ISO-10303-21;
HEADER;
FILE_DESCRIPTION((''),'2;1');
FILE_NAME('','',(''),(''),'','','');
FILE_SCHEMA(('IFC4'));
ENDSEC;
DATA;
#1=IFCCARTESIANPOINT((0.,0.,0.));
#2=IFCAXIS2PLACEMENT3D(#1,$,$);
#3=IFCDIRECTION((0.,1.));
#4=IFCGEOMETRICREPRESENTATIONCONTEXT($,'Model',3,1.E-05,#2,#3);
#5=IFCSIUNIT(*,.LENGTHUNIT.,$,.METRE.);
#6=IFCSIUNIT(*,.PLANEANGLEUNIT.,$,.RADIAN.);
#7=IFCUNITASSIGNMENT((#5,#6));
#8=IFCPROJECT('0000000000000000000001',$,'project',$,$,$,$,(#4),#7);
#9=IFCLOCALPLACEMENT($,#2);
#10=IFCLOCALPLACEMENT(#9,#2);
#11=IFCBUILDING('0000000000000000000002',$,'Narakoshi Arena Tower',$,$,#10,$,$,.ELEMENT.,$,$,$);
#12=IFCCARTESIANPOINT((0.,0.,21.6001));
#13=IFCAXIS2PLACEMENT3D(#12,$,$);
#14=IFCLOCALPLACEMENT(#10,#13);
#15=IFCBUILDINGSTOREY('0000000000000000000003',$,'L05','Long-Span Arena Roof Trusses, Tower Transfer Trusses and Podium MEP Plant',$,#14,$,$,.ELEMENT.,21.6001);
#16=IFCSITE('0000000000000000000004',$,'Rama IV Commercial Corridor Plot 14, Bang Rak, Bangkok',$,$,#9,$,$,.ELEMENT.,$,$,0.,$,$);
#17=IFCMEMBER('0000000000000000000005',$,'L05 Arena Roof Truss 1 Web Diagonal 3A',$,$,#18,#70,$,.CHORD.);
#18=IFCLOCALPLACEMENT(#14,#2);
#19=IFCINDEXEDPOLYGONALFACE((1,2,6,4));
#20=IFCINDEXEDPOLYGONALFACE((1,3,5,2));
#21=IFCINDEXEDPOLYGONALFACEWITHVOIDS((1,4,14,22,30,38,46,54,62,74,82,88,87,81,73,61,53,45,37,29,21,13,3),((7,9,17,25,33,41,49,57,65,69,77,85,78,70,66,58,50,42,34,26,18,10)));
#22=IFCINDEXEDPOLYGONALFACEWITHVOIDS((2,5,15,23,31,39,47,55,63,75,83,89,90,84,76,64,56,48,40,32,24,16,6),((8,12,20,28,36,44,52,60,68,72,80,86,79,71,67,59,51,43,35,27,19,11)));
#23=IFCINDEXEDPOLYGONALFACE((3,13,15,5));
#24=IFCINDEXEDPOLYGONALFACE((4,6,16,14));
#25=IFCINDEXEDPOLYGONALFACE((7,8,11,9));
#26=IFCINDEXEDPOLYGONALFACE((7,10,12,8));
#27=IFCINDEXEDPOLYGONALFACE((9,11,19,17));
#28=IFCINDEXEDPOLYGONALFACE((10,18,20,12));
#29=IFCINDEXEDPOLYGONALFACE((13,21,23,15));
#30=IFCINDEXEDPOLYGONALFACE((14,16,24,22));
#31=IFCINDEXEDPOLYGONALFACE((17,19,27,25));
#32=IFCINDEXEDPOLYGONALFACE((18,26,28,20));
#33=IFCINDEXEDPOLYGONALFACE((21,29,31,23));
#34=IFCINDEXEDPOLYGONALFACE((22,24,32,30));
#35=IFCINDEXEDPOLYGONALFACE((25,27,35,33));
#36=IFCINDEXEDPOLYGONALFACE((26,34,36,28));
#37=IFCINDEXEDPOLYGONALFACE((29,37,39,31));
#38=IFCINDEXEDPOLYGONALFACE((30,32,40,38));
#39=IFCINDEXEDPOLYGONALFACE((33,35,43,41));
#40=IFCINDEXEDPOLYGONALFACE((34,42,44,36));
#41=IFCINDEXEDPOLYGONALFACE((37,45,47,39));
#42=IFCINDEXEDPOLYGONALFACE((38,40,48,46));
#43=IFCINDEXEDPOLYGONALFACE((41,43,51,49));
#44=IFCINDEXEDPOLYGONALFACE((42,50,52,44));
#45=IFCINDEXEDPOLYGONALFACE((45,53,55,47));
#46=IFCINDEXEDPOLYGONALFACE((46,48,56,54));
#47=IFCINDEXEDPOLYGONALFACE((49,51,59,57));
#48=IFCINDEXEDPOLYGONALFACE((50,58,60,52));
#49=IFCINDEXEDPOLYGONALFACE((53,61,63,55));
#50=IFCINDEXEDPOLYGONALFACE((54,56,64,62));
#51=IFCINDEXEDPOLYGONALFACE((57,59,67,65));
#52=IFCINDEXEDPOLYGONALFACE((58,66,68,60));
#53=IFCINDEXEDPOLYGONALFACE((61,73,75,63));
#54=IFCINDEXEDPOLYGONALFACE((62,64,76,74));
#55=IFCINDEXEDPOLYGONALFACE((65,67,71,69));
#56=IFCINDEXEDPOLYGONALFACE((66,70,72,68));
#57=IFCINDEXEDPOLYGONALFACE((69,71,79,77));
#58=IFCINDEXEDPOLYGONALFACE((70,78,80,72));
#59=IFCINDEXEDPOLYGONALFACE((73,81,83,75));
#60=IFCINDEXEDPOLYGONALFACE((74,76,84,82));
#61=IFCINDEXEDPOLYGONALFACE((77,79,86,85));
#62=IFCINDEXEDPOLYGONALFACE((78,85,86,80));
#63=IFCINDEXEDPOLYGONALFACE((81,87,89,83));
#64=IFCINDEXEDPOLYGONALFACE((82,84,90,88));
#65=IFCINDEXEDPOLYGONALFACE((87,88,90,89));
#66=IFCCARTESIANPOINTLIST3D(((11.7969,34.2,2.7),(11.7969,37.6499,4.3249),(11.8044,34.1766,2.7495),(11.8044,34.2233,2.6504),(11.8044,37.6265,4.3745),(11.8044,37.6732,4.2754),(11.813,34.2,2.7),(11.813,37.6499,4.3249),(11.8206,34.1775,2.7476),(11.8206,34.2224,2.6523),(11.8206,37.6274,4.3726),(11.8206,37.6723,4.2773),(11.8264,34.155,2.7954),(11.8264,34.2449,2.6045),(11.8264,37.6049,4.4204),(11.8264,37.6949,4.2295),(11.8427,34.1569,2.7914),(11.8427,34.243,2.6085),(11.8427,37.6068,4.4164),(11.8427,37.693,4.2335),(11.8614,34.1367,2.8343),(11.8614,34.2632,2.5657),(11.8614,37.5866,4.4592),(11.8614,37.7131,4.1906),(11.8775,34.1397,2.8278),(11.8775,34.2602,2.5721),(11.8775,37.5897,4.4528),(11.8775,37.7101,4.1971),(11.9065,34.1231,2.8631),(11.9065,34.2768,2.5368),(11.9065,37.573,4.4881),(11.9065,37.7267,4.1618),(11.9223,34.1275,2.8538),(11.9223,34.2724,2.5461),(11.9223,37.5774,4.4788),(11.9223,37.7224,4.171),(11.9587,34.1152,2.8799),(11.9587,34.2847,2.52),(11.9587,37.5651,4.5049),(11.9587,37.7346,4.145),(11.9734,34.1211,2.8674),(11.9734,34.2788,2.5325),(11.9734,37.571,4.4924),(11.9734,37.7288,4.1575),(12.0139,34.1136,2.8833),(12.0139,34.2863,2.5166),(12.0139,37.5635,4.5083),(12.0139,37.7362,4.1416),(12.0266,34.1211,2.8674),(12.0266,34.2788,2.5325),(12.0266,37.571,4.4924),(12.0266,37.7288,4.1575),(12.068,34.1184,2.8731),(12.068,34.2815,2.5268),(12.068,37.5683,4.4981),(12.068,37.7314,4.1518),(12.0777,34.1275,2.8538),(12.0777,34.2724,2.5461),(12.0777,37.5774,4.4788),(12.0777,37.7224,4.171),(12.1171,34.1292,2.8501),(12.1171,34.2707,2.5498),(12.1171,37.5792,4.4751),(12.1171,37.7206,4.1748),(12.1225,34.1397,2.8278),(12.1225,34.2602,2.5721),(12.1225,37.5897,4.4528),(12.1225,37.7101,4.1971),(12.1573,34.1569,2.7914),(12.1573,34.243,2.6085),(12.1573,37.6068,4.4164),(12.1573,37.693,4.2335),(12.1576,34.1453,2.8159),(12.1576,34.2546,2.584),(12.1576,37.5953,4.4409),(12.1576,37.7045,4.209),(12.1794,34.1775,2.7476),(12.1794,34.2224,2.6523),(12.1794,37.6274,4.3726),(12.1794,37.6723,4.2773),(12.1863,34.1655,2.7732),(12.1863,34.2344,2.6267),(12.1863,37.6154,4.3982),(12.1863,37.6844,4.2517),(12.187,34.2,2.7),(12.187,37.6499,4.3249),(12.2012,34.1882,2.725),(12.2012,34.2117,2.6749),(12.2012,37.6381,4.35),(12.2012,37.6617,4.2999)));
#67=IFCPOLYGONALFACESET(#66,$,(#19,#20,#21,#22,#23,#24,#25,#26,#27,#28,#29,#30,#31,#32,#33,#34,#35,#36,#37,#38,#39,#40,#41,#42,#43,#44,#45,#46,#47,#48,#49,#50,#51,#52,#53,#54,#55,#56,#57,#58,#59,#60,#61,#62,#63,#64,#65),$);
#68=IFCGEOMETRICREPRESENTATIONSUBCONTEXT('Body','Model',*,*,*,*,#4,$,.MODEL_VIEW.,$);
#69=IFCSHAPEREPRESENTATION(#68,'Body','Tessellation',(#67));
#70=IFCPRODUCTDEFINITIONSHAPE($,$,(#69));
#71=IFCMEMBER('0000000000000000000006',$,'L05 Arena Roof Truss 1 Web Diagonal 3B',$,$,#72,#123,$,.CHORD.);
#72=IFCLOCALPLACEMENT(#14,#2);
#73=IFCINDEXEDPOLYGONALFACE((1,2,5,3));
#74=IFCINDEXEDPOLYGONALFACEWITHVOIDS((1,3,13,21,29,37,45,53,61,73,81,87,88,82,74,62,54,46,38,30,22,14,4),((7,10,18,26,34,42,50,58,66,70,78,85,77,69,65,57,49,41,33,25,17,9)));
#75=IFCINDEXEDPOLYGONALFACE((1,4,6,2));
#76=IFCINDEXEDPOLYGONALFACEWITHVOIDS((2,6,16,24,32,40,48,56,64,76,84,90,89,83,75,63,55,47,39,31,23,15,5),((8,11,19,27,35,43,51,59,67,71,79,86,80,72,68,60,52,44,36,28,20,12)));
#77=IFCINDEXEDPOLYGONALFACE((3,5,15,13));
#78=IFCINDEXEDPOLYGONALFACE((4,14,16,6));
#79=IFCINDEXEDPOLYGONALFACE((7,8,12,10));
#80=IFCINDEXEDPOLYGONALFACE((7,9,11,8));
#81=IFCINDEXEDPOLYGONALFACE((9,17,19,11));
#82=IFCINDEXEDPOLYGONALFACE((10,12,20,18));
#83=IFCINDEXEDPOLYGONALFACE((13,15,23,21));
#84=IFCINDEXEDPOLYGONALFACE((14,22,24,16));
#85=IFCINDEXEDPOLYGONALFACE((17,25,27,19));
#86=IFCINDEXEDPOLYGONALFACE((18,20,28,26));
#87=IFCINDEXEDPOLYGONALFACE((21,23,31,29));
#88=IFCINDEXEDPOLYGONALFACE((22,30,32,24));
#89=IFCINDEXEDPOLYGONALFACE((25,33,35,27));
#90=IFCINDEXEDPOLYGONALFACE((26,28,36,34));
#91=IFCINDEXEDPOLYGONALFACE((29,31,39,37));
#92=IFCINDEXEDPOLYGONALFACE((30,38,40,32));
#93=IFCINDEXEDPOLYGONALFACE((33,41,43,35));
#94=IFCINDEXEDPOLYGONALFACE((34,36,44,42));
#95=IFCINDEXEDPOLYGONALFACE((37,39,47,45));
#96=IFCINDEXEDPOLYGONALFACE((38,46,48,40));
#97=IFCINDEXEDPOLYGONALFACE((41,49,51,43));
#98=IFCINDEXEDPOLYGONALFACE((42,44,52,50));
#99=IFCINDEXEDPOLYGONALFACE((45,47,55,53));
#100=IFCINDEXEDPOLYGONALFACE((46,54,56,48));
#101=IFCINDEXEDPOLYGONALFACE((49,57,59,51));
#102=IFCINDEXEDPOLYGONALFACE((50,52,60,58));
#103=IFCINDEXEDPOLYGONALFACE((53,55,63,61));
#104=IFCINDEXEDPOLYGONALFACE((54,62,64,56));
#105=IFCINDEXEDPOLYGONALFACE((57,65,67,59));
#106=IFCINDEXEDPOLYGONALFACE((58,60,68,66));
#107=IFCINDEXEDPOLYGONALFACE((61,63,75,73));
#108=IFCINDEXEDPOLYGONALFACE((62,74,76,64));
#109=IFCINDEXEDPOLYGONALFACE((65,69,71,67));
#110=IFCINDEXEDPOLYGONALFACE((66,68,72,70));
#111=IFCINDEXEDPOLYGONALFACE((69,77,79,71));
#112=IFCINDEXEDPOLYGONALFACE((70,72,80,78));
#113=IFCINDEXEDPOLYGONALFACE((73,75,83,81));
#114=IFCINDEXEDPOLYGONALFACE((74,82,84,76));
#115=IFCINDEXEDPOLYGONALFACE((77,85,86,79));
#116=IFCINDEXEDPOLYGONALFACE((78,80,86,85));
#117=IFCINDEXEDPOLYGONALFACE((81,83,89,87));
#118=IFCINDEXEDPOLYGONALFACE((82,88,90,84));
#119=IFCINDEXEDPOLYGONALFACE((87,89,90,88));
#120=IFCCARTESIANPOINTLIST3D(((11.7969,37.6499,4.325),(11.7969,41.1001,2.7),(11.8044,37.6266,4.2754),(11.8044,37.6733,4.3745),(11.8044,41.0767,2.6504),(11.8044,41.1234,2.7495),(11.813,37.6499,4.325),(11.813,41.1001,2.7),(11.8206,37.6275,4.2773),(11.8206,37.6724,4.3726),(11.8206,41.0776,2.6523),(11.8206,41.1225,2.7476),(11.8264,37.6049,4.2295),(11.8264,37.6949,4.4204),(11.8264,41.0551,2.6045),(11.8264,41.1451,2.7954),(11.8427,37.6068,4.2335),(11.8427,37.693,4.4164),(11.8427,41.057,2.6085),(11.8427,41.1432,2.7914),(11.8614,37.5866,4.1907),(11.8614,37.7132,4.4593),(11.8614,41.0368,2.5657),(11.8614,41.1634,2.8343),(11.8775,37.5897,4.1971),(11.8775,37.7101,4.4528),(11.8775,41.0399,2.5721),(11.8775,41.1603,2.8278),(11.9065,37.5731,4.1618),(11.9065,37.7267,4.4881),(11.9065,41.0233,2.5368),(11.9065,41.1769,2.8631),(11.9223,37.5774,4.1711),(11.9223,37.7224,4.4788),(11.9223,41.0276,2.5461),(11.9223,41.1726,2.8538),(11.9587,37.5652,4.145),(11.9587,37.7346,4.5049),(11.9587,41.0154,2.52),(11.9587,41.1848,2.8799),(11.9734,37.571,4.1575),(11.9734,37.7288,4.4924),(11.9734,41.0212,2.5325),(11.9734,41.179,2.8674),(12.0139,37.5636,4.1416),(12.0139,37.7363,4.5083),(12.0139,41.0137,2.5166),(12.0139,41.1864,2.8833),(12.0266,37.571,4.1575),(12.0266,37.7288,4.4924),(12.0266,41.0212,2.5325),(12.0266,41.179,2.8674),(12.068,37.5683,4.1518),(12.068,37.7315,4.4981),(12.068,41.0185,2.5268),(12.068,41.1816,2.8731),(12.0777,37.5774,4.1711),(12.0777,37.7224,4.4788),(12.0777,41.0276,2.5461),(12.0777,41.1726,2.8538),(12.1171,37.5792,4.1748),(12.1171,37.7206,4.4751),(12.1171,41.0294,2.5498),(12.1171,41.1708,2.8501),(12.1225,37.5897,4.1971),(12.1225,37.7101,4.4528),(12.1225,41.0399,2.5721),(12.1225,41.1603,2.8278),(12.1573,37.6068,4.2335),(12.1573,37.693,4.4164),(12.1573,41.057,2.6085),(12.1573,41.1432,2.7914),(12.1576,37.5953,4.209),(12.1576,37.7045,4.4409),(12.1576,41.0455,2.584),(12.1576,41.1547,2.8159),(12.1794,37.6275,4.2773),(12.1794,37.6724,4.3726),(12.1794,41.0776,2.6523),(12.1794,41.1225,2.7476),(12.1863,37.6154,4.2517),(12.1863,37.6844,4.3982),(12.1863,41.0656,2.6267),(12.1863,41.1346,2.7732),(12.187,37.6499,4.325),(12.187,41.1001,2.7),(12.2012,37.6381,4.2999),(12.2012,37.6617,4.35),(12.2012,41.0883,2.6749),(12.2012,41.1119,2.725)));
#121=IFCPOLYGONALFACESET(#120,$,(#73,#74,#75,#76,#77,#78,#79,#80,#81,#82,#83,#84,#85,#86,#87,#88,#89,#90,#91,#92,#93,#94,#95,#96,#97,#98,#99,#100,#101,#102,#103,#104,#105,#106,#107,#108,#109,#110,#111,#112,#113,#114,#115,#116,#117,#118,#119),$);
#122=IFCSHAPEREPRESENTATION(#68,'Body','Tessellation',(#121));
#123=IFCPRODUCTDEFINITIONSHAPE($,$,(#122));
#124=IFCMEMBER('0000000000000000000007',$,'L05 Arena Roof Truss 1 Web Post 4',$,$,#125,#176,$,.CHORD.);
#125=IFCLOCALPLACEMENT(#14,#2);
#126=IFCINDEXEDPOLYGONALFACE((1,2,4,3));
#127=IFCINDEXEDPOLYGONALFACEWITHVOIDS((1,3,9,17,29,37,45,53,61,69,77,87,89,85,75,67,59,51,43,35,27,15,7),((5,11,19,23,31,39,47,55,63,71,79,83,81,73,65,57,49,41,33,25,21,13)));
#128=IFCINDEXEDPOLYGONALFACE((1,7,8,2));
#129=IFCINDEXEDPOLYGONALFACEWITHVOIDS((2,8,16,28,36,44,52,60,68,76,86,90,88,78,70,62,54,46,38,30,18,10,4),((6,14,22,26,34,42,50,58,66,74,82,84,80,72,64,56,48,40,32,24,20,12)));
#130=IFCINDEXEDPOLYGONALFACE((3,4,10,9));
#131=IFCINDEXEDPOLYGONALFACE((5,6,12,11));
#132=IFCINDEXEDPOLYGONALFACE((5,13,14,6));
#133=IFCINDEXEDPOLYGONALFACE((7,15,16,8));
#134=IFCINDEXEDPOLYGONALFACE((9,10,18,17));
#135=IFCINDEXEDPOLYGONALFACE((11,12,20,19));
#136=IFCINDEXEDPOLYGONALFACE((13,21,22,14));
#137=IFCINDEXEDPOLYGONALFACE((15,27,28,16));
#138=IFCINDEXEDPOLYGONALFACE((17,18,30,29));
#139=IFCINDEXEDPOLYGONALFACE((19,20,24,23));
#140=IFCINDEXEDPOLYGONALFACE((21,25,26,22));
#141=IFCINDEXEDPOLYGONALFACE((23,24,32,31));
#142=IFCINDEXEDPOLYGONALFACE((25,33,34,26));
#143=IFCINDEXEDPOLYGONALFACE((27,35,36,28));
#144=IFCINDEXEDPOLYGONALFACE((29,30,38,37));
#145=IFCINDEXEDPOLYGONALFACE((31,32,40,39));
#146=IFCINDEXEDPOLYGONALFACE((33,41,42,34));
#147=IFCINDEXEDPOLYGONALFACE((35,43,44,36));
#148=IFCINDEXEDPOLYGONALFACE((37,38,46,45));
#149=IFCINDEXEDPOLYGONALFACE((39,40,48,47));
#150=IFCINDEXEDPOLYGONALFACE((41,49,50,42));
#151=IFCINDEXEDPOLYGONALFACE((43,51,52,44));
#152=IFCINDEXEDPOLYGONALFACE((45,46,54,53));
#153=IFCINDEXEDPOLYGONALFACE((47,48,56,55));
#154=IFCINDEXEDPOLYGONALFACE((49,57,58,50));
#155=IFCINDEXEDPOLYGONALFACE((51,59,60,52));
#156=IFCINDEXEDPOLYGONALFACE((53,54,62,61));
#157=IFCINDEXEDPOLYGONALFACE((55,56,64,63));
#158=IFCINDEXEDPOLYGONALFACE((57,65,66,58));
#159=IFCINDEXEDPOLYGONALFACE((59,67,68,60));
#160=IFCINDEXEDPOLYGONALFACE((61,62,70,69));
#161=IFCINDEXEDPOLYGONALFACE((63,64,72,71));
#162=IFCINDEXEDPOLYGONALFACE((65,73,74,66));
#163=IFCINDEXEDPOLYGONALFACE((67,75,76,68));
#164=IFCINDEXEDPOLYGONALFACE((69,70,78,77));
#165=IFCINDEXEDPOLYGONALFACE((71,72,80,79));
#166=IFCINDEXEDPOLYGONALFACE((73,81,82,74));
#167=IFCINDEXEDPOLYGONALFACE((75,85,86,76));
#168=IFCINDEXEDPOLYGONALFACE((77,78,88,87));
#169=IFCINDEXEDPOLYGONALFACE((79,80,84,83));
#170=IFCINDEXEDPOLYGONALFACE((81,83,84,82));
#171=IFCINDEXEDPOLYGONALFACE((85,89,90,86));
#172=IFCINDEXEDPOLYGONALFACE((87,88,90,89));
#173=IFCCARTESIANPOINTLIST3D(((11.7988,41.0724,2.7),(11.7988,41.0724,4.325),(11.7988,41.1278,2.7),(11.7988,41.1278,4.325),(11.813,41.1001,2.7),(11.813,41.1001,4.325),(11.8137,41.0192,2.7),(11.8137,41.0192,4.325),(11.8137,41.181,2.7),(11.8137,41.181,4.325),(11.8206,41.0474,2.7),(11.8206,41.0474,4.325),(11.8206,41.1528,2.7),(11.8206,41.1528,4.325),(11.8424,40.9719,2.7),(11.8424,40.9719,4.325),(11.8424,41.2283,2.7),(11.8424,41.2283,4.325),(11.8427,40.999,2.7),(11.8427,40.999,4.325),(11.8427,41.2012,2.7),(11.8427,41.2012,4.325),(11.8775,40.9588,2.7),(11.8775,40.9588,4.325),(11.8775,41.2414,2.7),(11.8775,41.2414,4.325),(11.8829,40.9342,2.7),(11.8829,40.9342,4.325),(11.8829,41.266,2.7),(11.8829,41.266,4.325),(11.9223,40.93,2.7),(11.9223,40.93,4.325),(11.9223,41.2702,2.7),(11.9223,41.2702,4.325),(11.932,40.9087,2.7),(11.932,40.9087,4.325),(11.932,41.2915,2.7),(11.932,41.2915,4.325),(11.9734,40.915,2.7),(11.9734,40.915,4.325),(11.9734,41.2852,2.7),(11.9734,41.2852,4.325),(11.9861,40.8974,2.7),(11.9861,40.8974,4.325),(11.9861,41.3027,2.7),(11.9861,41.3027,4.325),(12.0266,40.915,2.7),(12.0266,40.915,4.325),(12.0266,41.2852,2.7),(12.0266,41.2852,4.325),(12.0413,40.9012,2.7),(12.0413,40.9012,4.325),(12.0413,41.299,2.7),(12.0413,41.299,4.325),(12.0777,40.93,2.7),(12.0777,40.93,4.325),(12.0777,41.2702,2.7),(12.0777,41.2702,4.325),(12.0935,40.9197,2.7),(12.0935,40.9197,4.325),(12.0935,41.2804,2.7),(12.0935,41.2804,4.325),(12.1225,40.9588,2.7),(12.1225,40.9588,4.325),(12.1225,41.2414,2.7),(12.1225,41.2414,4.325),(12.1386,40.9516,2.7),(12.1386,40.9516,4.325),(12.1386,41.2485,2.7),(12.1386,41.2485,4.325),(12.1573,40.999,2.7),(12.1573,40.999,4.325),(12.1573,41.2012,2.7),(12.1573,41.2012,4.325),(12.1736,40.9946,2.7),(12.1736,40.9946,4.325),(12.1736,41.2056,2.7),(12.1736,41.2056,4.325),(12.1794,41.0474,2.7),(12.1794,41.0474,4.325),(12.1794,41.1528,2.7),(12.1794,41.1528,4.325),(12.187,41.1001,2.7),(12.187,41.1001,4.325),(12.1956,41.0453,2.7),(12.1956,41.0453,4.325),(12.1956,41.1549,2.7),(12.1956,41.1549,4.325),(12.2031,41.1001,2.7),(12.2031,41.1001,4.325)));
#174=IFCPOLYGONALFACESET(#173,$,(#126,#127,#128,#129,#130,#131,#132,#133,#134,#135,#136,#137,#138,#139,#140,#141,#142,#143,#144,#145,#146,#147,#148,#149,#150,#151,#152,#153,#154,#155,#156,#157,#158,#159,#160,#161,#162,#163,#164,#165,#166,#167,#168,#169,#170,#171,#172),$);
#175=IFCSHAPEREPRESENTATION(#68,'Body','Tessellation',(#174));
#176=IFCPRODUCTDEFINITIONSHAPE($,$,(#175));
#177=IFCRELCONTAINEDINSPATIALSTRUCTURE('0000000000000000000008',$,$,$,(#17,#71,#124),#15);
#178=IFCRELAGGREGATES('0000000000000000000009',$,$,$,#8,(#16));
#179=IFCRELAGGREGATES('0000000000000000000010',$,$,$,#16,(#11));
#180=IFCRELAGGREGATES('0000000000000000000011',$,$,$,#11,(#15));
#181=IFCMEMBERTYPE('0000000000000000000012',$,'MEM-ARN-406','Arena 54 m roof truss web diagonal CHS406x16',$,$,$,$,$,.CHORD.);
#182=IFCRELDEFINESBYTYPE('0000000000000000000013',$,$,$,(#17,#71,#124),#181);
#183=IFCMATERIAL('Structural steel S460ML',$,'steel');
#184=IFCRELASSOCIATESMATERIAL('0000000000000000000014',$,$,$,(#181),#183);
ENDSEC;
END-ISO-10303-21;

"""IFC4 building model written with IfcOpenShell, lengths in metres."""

from ifc_helpers import new_model, si_unit, direction, frame, origin, origin_2d, place, context, subcontext, project, spatial, hollow_circle, extrude, material, material_profile, profile_set, type_object, element, save


model = new_model("IFC4")

# Units and contexts
model_context = context("Model", 3, precision=1e-05, world=origin(), true_north=direction((0.0, 1.0)))
body_context = subcontext(model_context, "Body", "Model", "MODEL_VIEW")
ifc_project = project(units=[si_unit("LENGTHUNIT", "METRE"), si_unit("PLANEANGLEUNIT", "RADIAN")], contexts=[model_context])

# Site, building, storey
site_placement = place(None, origin())
site = spatial("IfcSite", under=ifc_project, at=site_placement, Name="Rama IV Commercial Corridor Plot 14, Bang Rak, Bangkok", CompositionType="ELEMENT", RefElevation=0.0)
building_placement = place(site_placement, origin())
building = spatial("IfcBuilding", under=site, at=building_placement, Name="Narakoshi Arena Tower", CompositionType="ELEMENT")
storey_placement = place(building_placement, frame((0.0, 0.0, 21.6001)))
storey = spatial("IfcBuildingStorey", under=building, at=storey_placement, Name="L05", Description="Long-Span Arena Roof Trusses, Tower Transfer Trusses and Podium MEP Plant", CompositionType="ELEMENT", Elevation=21.6001)

# Members
ifc_material_1 = material(Name="Structural steel S460ML", Category="steel")
ifc_material_profile_1 = material_profile(ifc_material_1, hollow_circle(Radius=0.2031, WallThickness=0.0161, at=origin_2d()), Name="CHS406x16")
ifc_profile_set_1 = profile_set([ifc_material_profile_1], Name="Structural steel S460ML")
member_type = type_object("IfcMemberType", Name="MEM-ARN-406", Description="Arena 54 m roof truss web diagonal CHS406x16", PredefinedType="CHORD", material=ifc_profile_set_1)
member_1_placement = place(storey_placement, frame((12.0, 34.2, 2.7), z_axis=(0.0, 0.904668, 0.426118), x_axis=(-1.0, 0.0, 0.0)))
element("IfcMember", 1, at=member_1_placement, inside=storey, type_object=member_type, Name="L05 Arena Roof Truss 1 Web Diagonal 3A", PredefinedType="CHORD", context=body_context, shape_type="SweptSolid", body=[
    extrude(hollow_circle(Radius=0.2031, WallThickness=0.0161, at=origin_2d()), origin(), (0.0, 0.0, 1.0), 3.8135),
])
member_2_placement = place(storey_placement, frame((12.0, 37.6499, 4.325), z_axis=(0.0, 0.904679, -0.426093), x_axis=(-1.0, 0.0, 0.0)))
element("IfcMember", 2, at=member_2_placement, inside=storey, type_object=member_type, Name="L05 Arena Roof Truss 1 Web Diagonal 3B", PredefinedType="CHORD", context=body_context, shape_type="SweptSolid", body=[
    extrude(hollow_circle(Radius=0.2031, WallThickness=0.0161, at=origin_2d()), origin(), (0.0, 0.0, 1.0), 3.8137),
])
member_3_placement = place(storey_placement, frame((12.0, 41.1001, 2.7), z_axis=(0.0, 0.0, 1.0), x_axis=(1.0, 0.0, 0.0)))
element("IfcMember", 3, at=member_3_placement, inside=storey, type_object=member_type, Name="L05 Arena Roof Truss 1 Web Post 4", PredefinedType="CHORD", context=body_context, shape_type="SweptSolid", body=[
    extrude(hollow_circle(Radius=0.2031, WallThickness=0.0161, at=origin_2d()), origin(), (0.0, 0.0, 1.0), 1.625),
])

save(model, "model.ifc")
